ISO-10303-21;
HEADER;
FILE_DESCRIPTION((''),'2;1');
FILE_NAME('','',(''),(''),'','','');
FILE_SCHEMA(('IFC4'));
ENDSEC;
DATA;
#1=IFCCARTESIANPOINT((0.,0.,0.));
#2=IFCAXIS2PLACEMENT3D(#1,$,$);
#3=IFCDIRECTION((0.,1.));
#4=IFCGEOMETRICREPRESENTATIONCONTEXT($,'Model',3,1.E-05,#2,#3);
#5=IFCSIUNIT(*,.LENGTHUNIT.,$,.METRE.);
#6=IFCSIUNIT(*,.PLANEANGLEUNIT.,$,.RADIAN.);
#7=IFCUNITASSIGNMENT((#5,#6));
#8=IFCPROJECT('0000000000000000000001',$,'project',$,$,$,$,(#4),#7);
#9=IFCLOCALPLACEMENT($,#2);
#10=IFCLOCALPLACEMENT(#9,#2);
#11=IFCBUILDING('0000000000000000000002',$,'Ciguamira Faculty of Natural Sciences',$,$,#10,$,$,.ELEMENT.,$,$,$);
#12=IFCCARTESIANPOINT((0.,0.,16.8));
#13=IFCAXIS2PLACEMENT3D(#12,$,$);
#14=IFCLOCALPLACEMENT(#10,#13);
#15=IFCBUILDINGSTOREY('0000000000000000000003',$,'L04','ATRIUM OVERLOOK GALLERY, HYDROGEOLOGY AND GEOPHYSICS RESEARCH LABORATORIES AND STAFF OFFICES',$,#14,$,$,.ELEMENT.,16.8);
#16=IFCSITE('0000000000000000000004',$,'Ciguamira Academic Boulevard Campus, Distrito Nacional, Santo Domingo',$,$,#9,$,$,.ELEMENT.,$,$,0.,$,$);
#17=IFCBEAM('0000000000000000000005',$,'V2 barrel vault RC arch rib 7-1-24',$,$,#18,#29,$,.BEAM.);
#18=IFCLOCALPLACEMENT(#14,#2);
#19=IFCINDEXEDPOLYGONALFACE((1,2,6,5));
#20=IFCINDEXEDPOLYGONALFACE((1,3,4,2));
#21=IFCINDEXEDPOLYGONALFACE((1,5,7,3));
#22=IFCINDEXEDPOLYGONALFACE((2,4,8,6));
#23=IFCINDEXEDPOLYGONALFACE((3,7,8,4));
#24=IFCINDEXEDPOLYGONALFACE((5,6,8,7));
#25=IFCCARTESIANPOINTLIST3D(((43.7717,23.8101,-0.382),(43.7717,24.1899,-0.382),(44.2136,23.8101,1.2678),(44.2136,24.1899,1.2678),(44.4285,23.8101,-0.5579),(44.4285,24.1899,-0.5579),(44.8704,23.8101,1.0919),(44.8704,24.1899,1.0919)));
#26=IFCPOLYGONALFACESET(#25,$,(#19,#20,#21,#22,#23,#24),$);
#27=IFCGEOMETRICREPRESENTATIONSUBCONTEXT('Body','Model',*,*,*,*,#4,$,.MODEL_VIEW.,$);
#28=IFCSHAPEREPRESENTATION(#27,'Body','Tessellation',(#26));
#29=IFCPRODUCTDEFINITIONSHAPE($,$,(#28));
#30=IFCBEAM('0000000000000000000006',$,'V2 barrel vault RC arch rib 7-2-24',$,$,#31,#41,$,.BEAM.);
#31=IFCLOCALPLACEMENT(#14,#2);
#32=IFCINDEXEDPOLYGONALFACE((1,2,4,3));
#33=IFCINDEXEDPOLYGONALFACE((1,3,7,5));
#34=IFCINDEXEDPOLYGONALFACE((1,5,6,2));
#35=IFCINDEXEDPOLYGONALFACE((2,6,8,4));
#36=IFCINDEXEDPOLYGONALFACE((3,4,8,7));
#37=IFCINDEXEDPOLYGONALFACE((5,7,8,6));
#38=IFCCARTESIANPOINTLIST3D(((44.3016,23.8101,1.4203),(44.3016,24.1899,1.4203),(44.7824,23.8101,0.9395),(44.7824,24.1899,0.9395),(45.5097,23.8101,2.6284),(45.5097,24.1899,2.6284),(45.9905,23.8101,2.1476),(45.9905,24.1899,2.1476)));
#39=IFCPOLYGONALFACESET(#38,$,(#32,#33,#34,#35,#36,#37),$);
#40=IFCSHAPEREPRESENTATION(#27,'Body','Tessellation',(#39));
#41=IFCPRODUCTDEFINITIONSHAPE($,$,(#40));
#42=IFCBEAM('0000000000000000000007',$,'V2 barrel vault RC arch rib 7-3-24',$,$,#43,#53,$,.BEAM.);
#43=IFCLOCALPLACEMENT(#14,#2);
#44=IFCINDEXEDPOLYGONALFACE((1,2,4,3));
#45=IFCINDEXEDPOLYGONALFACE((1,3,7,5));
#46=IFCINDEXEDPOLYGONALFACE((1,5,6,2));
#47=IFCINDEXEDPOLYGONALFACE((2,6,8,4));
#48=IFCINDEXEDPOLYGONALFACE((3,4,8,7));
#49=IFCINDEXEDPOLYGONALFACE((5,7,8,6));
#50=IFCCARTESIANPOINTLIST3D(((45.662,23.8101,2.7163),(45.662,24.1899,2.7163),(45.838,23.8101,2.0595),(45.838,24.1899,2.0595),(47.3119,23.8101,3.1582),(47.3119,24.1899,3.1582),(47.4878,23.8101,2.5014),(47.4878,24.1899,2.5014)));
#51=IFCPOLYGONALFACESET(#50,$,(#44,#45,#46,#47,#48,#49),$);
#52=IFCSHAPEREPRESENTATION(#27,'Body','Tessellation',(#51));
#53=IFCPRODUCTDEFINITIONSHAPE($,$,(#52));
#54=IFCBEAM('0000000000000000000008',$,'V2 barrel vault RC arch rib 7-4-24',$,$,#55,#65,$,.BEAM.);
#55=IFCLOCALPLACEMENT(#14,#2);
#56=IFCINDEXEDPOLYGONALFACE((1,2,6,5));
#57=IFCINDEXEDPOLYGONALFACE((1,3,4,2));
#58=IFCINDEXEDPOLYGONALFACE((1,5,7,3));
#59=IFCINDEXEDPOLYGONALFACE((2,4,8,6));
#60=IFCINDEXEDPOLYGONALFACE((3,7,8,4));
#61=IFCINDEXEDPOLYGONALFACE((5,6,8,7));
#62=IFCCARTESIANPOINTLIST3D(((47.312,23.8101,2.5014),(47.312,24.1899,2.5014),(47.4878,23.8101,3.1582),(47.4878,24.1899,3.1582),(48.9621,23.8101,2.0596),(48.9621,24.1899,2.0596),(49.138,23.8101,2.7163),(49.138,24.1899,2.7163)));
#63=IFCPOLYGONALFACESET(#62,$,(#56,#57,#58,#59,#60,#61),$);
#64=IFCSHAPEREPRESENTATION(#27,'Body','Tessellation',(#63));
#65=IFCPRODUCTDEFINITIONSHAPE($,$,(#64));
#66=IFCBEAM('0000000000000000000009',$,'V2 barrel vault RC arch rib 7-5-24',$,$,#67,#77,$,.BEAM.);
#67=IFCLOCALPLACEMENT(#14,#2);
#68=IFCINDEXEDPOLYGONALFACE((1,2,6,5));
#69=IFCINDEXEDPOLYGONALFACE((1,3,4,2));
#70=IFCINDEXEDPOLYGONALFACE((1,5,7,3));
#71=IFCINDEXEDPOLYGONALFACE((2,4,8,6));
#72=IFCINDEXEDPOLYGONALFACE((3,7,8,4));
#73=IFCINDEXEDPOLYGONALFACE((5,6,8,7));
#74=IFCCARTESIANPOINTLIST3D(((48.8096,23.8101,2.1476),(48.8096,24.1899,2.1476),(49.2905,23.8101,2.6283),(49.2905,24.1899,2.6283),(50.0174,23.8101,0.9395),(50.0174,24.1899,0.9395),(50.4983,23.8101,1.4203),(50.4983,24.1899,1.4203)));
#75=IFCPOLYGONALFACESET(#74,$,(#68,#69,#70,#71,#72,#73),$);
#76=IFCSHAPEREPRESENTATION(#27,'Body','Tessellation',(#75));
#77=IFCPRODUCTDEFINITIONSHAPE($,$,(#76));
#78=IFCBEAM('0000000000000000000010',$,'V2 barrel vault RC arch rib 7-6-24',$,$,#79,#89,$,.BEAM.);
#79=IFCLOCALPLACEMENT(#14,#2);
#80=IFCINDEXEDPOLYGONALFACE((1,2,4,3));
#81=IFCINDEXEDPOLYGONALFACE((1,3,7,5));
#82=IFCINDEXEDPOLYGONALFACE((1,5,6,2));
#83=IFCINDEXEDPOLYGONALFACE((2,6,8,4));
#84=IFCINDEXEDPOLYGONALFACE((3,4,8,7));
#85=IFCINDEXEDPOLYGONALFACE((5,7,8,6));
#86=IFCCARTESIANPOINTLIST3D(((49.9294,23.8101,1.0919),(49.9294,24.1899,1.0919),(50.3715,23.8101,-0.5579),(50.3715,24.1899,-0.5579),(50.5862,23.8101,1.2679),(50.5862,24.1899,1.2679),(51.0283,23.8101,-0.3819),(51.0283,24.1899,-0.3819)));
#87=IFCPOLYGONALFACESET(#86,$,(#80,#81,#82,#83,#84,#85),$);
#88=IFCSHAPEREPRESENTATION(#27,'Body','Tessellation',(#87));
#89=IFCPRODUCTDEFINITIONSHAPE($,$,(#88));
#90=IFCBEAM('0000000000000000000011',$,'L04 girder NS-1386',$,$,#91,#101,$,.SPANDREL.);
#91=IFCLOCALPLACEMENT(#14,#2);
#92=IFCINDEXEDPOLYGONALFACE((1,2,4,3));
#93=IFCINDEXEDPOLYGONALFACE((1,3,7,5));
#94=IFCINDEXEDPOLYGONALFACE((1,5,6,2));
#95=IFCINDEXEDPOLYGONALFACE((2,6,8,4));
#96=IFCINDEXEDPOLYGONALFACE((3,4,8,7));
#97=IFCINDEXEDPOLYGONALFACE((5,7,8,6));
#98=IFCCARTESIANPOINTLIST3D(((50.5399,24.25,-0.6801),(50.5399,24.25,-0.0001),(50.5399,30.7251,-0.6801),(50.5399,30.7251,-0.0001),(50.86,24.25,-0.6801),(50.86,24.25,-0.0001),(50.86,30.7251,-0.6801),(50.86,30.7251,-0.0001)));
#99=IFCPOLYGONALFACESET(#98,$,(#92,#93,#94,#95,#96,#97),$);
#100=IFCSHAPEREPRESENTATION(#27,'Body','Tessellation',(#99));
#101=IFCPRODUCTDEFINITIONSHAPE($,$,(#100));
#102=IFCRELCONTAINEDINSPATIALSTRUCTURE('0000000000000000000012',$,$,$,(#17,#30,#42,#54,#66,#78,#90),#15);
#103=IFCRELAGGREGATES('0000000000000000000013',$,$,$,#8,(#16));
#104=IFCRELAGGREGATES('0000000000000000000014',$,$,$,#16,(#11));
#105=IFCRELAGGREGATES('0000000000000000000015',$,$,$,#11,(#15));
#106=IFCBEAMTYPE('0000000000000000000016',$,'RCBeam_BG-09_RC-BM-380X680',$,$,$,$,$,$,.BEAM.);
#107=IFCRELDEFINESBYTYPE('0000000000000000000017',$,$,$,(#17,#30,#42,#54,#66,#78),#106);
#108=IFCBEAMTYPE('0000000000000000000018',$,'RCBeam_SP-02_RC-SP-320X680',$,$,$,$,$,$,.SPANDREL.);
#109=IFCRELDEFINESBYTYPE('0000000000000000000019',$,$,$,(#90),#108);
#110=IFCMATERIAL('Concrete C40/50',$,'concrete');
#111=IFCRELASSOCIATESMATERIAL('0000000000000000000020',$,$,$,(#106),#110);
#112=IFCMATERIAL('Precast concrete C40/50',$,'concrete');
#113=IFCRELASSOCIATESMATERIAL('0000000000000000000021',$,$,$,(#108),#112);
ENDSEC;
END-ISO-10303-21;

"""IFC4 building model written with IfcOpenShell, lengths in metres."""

from ifc_helpers import new_model, si_unit, direction, frame, origin, origin_2d, place, context, subcontext, project, spatial, rectangle, extrude, material, material_profile, profile_set, type_object, element, save


model = new_model("IFC4")

# Units and contexts
model_context = context("Model", 3, precision=1e-05, world=origin(), true_north=direction((0.0, 1.0)))
body_context = subcontext(model_context, "Body", "Model", "MODEL_VIEW")
ifc_project = project(units=[si_unit("LENGTHUNIT", "METRE"), si_unit("PLANEANGLEUNIT", "RADIAN")], contexts=[model_context])

# Site, building, storey
site_placement = place(None, origin())
site = spatial("IfcSite", under=ifc_project, at=site_placement, Name="Ciguamira Academic Boulevard Campus, Distrito Nacional, Santo Domingo", CompositionType="ELEMENT", RefElevation=0.0)
building_placement = place(site_placement, origin())
building = spatial("IfcBuilding", under=site, at=building_placement, Name="Ciguamira Faculty of Natural Sciences", CompositionType="ELEMENT")
storey_placement = place(building_placement, frame((0.0, 0.0, 16.8)))
storey = spatial("IfcBuildingStorey", under=building, at=storey_placement, Name="L04", Description="ATRIUM OVERLOOK GALLERY, HYDROGEOLOGY AND GEOPHYSICS RESEARCH LABORATORIES AND STAFF OFFICES", CompositionType="ELEMENT", Elevation=16.8)

# Beams
ifc_material_1 = material(Name="Concrete C40/50", Category="concrete")
ifc_material_profile_1 = material_profile(ifc_material_1, rectangle(XDim=0.3799, YDim=0.6799, at=origin_2d()), Name="RC-BM-380X680")
ifc_profile_set_1 = profile_set([ifc_material_profile_1], Name="Concrete C40/50")
beam_type_1 = type_object("IfcBeamType", Name="RCBeam_BG-09_RC-BM-380X680", PredefinedType="BEAM", material=ifc_profile_set_1)
for number, where, z_axis, x_axis, name in (
    (1, (44.1001, 24.0, -0.47), (0.258712, 0.0, 0.965954), (0.0, 1.0, 0.0), "V2 barrel vault RC arch rib 7-1-24"),
):
    element("IfcBeam", number, at=place(storey_placement, frame(where, z_axis=z_axis, x_axis=x_axis)), inside=storey, type_object=beam_type_1, Name=name, PredefinedType="BEAM", context=body_context, shape_type="SweptSolid", body=[
        extrude(rectangle(XDim=0.3799, YDim=0.6799, at=origin_2d()), origin(), (0.0, 0.0, 1.0), 1.708),
    ])
beam_1_placement = place(storey_placement, frame((44.542, 24.0, 1.1799), z_axis=(0.707107, 0.0, 0.707107), x_axis=(0.0, 1.0, 0.0)))
element("IfcBeam", 2, at=beam_1_placement, inside=storey, type_object=beam_type_1, Name="V2 barrel vault RC arch rib 7-2-24", PredefinedType="BEAM", context=body_context, shape_type="SweptSolid", body=[
    extrude(rectangle(XDim=0.3799, YDim=0.6799, at=origin_2d()), origin(), (0.0, 0.0, 1.0), 1.7085),
])
beam_2_placement = place(storey_placement, frame((45.75, 24.0, 2.3879), z_axis=(0.965954, 0.0, 0.258712), x_axis=(0.0, 1.0, 0.0)))
element("IfcBeam", 3, at=beam_2_placement, inside=storey, type_object=beam_type_1, Name="V2 barrel vault RC arch rib 7-3-24", PredefinedType="BEAM", context=body_context, shape_type="SweptSolid", body=[
    extrude(rectangle(XDim=0.3799, YDim=0.6799, at=origin_2d()), origin(), (0.0, 0.0, 1.0), 1.708),
])
for number, where, z_axis, x_axis, name in (
    (4, (47.3999, 24.0, 2.8298), (0.965964, 0.0, -0.258677), (0.0, 1.0, 0.0), "V2 barrel vault RC arch rib 7-4-24"),
    (5, (49.05, 24.0, 2.3879), (0.707035, 0.0, -0.707178), (0.0, 1.0, 0.0), "V2 barrel vault RC arch rib 7-5-24"),
):
    element("IfcBeam", number, at=place(storey_placement, frame(where, z_axis=z_axis, x_axis=x_axis)), inside=storey, type_object=beam_type_1, Name=name, PredefinedType="BEAM", context=body_context, shape_type="SweptSolid", body=[
        extrude(rectangle(XDim=0.3799, YDim=0.6799, at=origin_2d()), origin(), (0.0, 0.0, 1.0), 1.7083),
    ])
beam_3_placement = place(storey_placement, frame((50.2578, 24.0, 1.1799), z_axis=(0.258846, 0.0, -0.965919), x_axis=(0.0, 1.0, 0.0)))
element("IfcBeam", 6, at=beam_3_placement, inside=storey, type_object=beam_type_1, Name="V2 barrel vault RC arch rib 7-6-24", PredefinedType="BEAM", context=body_context, shape_type="SweptSolid", body=[
    extrude(rectangle(XDim=0.3799, YDim=0.6799, at=origin_2d()), origin(), (0.0, 0.0, 1.0), 1.708),
])
ifc_material_2 = material(Name="Precast concrete C40/50", Category="concrete")
ifc_material_profile_2 = material_profile(ifc_material_2, rectangle(XDim=0.3201, YDim=0.6799, at=origin_2d()), Name="RC-SP-320X680")
ifc_profile_set_2 = profile_set([ifc_material_profile_2], Name="Precast concrete C40/50")
beam_type_2 = type_object("IfcBeamType", Name="RCBeam_SP-02_RC-SP-320X680", PredefinedType="SPANDREL", material=ifc_profile_set_2)
beam_4_placement = place(storey_placement, frame((50.7, 24.25, -0.3401), z_axis=(0.0, 1.0, 0.0), x_axis=(-1.0, 0.0, 0.0)))
element("IfcBeam", 7, at=beam_4_placement, inside=storey, type_object=beam_type_2, Name="L04 girder NS-1386", PredefinedType="SPANDREL", context=body_context, shape_type="SweptSolid", body=[
    extrude(rectangle(XDim=0.3201, YDim=0.6799, at=origin_2d()), origin(), (0.0, 0.0, 1.0), 6.4751),
])

save(model, "model.ifc")
